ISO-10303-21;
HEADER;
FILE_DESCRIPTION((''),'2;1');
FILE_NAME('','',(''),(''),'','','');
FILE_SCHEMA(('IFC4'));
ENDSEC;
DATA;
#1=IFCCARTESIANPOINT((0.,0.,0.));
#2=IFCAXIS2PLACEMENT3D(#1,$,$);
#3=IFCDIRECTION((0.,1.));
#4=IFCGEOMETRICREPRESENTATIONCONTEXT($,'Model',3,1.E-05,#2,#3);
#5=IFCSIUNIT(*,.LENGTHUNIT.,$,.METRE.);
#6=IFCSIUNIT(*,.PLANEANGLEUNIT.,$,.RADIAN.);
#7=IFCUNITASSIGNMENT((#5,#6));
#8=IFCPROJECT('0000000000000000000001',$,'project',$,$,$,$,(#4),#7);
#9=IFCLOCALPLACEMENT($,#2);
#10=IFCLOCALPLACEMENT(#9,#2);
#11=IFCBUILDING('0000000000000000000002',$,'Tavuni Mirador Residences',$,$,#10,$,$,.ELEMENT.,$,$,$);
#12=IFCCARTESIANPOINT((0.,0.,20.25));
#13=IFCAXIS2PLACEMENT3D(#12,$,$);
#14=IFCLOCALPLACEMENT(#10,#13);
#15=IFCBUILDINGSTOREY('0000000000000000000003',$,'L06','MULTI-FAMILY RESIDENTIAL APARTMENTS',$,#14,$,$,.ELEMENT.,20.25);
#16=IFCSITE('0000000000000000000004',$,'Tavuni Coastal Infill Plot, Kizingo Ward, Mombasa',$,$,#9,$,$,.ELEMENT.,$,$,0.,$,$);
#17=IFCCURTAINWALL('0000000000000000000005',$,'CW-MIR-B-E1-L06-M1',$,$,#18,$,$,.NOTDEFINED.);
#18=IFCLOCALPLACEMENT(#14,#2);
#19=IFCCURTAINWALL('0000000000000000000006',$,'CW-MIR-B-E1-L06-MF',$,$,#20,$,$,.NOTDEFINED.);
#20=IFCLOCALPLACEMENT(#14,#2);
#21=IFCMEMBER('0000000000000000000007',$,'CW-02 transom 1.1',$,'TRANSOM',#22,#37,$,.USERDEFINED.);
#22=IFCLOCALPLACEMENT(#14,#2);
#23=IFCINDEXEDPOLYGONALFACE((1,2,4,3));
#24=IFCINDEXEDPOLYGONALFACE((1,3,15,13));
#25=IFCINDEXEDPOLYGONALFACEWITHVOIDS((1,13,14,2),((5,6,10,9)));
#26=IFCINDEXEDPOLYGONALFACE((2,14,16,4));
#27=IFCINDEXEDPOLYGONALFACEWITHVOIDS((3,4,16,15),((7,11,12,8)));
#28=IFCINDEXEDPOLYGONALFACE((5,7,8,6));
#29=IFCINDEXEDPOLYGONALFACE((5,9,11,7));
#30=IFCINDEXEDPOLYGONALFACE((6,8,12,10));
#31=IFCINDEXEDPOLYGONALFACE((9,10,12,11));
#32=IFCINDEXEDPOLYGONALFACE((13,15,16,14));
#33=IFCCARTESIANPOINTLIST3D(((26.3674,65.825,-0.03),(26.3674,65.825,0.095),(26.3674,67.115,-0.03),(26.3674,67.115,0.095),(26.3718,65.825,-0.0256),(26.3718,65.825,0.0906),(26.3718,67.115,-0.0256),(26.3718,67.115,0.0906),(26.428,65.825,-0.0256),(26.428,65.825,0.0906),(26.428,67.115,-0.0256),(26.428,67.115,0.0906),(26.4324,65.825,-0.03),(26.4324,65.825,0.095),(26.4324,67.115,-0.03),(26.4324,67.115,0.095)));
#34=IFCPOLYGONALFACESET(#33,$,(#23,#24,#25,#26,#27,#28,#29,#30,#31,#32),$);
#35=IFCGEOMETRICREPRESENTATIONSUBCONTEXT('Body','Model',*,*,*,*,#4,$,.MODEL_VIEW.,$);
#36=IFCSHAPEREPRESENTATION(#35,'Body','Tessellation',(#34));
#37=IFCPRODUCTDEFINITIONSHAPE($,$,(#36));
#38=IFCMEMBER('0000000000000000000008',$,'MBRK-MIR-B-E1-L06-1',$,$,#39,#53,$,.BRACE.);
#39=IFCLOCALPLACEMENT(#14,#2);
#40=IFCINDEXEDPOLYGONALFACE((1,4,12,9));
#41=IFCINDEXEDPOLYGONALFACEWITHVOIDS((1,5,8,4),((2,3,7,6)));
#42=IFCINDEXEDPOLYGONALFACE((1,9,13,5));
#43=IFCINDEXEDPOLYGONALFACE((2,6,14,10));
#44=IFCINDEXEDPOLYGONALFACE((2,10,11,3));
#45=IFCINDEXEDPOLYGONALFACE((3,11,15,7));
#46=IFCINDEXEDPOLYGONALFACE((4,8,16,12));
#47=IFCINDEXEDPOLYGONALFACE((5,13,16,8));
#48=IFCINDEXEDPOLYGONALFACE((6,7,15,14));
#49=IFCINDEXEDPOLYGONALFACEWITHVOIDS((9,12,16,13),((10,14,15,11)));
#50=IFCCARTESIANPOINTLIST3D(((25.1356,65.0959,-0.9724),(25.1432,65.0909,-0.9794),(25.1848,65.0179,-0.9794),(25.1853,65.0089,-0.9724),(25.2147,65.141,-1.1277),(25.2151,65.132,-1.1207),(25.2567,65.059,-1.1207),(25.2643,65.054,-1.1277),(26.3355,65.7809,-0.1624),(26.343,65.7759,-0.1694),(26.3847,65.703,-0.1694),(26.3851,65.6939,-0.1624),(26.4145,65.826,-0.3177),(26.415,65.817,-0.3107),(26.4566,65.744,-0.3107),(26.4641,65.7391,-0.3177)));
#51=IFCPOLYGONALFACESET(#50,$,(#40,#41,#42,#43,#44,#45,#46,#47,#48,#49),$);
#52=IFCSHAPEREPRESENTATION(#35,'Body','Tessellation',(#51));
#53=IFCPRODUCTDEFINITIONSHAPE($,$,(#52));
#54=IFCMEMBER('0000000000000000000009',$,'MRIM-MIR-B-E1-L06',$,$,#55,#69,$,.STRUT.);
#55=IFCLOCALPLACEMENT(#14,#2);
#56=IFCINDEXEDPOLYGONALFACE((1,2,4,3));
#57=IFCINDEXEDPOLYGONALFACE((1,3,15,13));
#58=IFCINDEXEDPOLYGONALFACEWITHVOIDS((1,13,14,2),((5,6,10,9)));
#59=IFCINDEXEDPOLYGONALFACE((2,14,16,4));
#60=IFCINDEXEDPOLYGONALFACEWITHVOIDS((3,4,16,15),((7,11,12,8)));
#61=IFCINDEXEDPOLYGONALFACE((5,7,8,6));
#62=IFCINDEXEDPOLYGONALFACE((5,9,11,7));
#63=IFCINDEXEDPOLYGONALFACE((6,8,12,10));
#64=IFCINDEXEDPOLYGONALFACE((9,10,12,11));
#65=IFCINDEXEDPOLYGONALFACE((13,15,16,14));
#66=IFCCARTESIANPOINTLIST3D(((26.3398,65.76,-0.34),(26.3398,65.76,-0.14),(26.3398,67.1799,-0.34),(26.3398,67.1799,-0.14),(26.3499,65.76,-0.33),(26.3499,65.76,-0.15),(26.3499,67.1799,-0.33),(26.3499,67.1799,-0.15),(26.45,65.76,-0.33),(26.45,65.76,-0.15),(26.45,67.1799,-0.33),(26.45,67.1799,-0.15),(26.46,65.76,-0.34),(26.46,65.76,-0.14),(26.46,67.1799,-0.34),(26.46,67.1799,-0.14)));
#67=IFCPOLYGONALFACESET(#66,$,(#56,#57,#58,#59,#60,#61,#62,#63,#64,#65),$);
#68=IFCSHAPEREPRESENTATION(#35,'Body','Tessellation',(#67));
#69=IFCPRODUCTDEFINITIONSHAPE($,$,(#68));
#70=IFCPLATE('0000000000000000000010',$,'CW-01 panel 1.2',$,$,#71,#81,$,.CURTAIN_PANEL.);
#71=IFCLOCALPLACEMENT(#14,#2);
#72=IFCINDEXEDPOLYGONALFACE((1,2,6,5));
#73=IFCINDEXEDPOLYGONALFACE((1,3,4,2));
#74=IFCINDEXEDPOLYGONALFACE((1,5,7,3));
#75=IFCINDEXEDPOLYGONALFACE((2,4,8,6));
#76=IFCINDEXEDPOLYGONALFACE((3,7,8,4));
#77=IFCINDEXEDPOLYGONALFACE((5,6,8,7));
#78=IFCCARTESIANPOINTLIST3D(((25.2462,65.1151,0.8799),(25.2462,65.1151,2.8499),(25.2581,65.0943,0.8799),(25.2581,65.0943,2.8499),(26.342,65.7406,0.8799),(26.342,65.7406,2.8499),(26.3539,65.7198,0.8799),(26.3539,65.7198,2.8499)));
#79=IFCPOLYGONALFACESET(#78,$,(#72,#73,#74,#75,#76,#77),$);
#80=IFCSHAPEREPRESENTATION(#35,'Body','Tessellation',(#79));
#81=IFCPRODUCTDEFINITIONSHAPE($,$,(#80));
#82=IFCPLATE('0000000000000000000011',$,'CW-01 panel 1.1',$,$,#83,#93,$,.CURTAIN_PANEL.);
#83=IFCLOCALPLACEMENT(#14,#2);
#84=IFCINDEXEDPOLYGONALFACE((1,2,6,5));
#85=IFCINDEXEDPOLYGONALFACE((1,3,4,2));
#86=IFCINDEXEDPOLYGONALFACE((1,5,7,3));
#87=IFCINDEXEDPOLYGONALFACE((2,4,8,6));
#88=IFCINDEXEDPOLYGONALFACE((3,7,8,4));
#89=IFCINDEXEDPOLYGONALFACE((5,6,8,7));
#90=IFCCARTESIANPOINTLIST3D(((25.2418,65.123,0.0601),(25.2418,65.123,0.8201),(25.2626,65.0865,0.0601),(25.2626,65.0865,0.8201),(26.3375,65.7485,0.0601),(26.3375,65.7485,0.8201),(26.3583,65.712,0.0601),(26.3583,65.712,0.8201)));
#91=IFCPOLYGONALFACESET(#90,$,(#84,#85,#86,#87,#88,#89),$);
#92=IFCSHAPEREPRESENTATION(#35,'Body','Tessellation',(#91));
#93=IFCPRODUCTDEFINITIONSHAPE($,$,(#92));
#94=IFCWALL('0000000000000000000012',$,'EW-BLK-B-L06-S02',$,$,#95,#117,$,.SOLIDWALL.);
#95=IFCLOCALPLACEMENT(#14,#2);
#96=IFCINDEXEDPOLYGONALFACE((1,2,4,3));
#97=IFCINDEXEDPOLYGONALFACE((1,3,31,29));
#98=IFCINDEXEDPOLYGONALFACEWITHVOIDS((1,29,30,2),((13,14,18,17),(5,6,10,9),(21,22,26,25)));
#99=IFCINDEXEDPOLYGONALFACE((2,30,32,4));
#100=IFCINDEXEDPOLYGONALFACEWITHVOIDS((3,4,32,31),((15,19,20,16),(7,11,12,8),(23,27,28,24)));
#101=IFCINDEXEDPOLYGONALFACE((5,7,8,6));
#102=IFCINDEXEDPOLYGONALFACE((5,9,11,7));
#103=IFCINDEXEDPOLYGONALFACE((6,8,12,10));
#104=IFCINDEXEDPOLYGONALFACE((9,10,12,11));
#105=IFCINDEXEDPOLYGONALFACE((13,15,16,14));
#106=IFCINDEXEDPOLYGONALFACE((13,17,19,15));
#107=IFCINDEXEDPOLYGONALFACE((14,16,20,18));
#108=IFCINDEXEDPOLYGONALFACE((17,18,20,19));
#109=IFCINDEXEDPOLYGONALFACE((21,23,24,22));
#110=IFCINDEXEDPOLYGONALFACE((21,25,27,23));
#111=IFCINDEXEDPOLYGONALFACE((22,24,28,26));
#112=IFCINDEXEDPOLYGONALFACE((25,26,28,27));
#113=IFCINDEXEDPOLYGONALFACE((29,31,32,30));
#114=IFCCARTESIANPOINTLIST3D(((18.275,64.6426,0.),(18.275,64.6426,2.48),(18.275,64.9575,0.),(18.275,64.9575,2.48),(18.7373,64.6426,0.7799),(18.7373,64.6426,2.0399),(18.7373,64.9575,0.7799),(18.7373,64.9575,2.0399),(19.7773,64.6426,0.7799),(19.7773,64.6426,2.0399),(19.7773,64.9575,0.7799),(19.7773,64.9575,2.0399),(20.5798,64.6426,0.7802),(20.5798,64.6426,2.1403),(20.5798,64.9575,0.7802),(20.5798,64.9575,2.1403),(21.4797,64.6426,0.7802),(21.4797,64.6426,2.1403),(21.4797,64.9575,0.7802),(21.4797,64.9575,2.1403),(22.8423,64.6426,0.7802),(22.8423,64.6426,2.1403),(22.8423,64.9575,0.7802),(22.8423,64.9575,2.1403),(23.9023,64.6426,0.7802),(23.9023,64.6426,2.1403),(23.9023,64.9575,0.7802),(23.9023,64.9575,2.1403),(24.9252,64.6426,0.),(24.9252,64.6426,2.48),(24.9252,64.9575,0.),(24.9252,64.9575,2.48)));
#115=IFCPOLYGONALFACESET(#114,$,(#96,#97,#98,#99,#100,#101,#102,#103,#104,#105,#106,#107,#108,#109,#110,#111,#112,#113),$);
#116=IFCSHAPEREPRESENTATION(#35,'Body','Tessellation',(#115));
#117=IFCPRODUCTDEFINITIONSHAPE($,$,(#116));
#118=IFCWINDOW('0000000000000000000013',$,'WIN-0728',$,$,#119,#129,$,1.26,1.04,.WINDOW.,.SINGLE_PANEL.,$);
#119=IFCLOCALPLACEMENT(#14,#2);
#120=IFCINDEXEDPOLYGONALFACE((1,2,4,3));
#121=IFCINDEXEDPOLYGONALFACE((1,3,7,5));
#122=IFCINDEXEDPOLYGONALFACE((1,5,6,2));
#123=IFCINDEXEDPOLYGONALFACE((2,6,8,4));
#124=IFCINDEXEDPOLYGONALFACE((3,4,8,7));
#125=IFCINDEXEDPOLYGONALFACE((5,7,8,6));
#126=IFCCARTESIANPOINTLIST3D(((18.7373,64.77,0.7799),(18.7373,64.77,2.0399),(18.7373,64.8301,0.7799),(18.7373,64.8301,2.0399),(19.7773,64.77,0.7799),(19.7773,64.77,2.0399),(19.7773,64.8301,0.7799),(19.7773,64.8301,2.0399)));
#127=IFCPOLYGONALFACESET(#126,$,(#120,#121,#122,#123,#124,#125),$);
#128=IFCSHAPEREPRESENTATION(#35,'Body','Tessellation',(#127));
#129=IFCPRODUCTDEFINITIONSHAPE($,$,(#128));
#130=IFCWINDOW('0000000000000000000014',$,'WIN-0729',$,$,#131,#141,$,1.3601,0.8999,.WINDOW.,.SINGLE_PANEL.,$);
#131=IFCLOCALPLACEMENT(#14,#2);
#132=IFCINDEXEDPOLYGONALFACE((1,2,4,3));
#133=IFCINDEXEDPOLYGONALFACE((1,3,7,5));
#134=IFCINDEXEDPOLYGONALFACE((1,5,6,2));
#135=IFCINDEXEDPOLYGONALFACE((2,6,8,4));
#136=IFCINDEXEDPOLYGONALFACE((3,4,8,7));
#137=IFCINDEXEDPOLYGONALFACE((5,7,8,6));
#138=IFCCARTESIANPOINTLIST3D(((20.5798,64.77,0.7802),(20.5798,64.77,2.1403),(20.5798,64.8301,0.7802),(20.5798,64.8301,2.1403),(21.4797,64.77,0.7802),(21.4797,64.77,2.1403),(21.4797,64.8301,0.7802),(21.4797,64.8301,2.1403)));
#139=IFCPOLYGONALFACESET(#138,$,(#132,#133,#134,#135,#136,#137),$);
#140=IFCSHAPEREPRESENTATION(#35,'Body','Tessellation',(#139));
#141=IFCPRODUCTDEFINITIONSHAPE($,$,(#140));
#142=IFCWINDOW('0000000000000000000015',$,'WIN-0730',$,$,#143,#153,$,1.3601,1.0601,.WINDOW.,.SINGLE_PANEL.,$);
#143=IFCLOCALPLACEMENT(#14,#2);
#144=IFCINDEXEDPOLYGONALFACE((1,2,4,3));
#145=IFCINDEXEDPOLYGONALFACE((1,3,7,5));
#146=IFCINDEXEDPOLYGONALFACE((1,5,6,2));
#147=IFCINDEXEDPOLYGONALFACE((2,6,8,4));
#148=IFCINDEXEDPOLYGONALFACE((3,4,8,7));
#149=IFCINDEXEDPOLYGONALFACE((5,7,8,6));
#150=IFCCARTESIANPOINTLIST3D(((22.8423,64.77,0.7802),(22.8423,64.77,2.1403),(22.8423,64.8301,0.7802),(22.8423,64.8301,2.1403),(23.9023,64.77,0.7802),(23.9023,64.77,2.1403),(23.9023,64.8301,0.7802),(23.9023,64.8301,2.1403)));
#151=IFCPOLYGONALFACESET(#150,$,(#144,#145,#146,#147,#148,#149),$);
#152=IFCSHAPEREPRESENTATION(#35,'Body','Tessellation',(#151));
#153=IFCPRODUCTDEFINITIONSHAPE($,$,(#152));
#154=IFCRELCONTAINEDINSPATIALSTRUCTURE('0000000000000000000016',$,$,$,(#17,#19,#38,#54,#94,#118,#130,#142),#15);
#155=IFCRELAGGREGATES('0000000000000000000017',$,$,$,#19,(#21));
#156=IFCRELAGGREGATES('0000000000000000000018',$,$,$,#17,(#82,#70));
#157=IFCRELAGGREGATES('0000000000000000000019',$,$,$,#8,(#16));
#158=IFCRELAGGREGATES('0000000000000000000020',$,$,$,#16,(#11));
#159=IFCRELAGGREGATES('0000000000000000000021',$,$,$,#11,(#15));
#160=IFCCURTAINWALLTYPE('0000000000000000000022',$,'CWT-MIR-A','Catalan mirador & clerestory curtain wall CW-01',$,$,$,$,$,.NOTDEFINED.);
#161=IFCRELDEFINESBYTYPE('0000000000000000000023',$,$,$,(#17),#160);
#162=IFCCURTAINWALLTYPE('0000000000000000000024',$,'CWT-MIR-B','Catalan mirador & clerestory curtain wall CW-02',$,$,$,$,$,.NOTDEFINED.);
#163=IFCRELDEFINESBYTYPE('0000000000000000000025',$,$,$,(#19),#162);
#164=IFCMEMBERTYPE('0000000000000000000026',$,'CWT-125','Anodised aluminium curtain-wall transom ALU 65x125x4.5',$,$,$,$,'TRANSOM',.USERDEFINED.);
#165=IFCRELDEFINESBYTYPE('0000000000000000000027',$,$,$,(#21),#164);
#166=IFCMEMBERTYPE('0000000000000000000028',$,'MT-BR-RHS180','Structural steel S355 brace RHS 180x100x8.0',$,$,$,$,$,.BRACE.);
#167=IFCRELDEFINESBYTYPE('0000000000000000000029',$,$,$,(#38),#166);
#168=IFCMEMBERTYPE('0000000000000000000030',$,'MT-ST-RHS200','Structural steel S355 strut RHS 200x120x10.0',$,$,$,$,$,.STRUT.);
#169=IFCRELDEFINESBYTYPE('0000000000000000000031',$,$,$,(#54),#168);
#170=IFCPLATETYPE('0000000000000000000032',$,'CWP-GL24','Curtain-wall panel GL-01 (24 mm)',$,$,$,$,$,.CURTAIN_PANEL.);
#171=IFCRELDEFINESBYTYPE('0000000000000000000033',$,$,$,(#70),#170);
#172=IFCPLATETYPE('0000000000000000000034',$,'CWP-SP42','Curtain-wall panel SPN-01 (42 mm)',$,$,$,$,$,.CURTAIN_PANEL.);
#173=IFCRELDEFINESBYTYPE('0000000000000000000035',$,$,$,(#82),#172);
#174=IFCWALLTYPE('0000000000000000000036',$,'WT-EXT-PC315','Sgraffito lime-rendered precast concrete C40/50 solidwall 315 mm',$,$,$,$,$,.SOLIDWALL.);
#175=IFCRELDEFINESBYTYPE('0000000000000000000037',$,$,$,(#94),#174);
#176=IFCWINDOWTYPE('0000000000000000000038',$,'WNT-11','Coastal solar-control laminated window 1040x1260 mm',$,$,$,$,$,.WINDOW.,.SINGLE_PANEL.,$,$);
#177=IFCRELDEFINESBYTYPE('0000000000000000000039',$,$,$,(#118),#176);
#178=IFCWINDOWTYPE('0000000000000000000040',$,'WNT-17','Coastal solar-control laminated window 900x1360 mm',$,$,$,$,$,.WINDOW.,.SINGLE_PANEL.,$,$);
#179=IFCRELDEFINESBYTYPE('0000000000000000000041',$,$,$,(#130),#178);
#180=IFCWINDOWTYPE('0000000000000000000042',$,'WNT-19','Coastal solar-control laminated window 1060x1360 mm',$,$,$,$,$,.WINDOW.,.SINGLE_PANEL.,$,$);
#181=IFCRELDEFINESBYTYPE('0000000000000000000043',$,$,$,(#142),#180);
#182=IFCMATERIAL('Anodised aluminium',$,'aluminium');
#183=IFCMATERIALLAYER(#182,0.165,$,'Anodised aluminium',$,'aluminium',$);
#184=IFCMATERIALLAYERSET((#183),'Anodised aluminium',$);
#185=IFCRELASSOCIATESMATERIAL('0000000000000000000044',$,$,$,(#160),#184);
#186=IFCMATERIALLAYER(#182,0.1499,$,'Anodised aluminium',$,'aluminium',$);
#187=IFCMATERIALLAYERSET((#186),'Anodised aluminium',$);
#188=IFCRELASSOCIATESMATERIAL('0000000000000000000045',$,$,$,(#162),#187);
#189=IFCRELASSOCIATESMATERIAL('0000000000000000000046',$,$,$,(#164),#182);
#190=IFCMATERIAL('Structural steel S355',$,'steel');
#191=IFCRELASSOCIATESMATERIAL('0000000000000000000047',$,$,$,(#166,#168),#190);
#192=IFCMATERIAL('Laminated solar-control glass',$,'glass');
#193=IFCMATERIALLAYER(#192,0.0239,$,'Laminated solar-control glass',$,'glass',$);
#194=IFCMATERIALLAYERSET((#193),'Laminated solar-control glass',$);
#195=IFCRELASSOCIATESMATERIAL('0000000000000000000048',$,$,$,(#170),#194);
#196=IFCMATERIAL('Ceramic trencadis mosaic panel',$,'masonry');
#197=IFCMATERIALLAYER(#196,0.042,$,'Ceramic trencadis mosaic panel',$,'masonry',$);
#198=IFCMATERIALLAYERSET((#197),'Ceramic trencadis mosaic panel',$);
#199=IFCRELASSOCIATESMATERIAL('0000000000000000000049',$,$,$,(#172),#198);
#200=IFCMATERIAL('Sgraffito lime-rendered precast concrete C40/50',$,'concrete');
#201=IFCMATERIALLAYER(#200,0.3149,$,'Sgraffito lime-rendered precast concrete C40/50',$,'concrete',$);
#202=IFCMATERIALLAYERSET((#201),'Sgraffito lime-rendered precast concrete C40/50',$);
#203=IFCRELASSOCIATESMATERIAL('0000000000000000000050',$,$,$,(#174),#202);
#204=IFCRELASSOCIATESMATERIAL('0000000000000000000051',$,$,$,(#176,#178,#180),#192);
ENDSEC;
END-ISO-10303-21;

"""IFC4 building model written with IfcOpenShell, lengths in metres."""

from ifc_helpers import new_model, si_unit, direction, frame, frame_2d, origin, origin_2d, place, context, subcontext, project, spatial, rectangle, hollow_rectangle, extrude, material, layer, layer_set, material_profile, profile_set, type_object, element, fill, aggregate, save


model = new_model("IFC4")

# Units and contexts
model_context = context("Model", 3, precision=1e-05, world=origin(), true_north=direction((0.0, 1.0)))
body_context = subcontext(model_context, "Body", "Model", "MODEL_VIEW")
ifc_project = project(units=[si_unit("LENGTHUNIT", "METRE"), si_unit("PLANEANGLEUNIT", "RADIAN")], contexts=[model_context])

# Site, building, storey
site_placement = place(None, origin())
site = spatial("IfcSite", under=ifc_project, at=site_placement, Name="Tavuni Coastal Infill Plot, Kizingo Ward, Mombasa", CompositionType="ELEMENT", RefElevation=0.0)
building_placement = place(site_placement, origin())
building = spatial("IfcBuilding", under=site, at=building_placement, Name="Tavuni Mirador Residences", CompositionType="ELEMENT")
storey_placement = place(building_placement, frame((0.0, 0.0, 20.25)))
storey = spatial("IfcBuildingStorey", under=building, at=storey_placement, Name="L06", Description="MULTI-FAMILY RESIDENTIAL APARTMENTS", CompositionType="ELEMENT", Elevation=20.25)

# Curtain wall
ifc_material_1 = material(Name="Anodised aluminium", Category="aluminium")
ifc_layer_1 = layer(ifc_material_1, 0.165, Name="Anodised aluminium", Category="aluminium")
ifc_layer_set_1 = layer_set([ifc_layer_1], Name="Anodised aluminium")
curtain_wall_type_1 = type_object("IfcCurtainWallType", Name="CWT-MIR-A", Description="Catalan mirador & clerestory curtain wall CW-01", PredefinedType="NOTDEFINED", material=ifc_layer_set_1)
curtain_wall_1_placement = place(storey_placement, origin())
curtain_wall_1 = element("IfcCurtainWall", 1, at=curtain_wall_1_placement, inside=storey, type_object=curtain_wall_type_1, Name="CW-MIR-B-E1-L06-M1", PredefinedType="NOTDEFINED")

# Curtain wall
ifc_layer_2 = layer(ifc_material_1, 0.1499, Name="Anodised aluminium", Category="aluminium")
ifc_layer_set_2 = layer_set([ifc_layer_2], Name="Anodised aluminium")
curtain_wall_type_2 = type_object("IfcCurtainWallType", Name="CWT-MIR-B", Description="Catalan mirador & clerestory curtain wall CW-02", PredefinedType="NOTDEFINED", material=ifc_layer_set_2)
curtain_wall_2_placement = place(storey_placement, origin())
curtain_wall_2 = element("IfcCurtainWall", 2, at=curtain_wall_2_placement, inside=storey, type_object=curtain_wall_type_2, Name="CW-MIR-B-E1-L06-MF", PredefinedType="NOTDEFINED")

# Member
ifc_material_profile_1 = material_profile(ifc_material_1, hollow_rectangle(XDim=0.0649, YDim=0.125, WallThickness=0.0044, at=origin_2d()), Name="ALU 65x125x4.5", Category="aluminium")
ifc_profile_set_1 = profile_set([ifc_material_profile_1], Name="Anodised aluminium")
member_type_1 = type_object("IfcMemberType", Name="CWT-125", Description="Anodised aluminium curtain-wall transom ALU 65x125x4.5", ElementType="TRANSOM", PredefinedType="USERDEFINED", material=ifc_profile_set_1)
member_1_placement = place(storey_placement, frame((26.3999, 65.825, 0.0325), z_axis=(0.0, 1.0, 0.0), x_axis=(-1.0, 0.0, 0.0)))
member_1 = element("IfcMember", 3, at=member_1_placement, type_object=member_type_1, Name="CW-02 transom 1.1", ObjectType="TRANSOM", PredefinedType="USERDEFINED", context=body_context, shape_type="SweptSolid", body=[
    extrude(hollow_rectangle(XDim=0.0649, YDim=0.125, WallThickness=0.0044, at=origin_2d()), origin(), (0.0, 0.0, 1.0), 1.29),
])
aggregate(curtain_wall_2, [member_1])

# Members
ifc_material_2 = material(Name="Structural steel S355", Category="steel")
ifc_material_profile_2 = material_profile(ifc_material_2, hollow_rectangle(XDim=0.1001, YDim=0.1799, WallThickness=0.0081, at=origin_2d()), Name="RHS 180x100x8.0", Category="steel")
ifc_profile_set_2 = profile_set([ifc_material_profile_2], Name="Structural steel S355")
member_type_2 = type_object("IfcMemberType", Name="MT-BR-RHS180", Description="Structural steel S355 brace RHS 180x100x8.0", PredefinedType="BRACE", material=ifc_profile_set_2)
member_2_placement = place(storey_placement, frame((25.2, 65.075, -1.05), z_axis=(0.749182, 0.427712, 0.505755), x_axis=(-0.495796, 0.868439, 0.0)))
element("IfcMember", 4, at=member_2_placement, inside=storey, type_object=member_type_2, Name="MBRK-MIR-B-E1-L06-1", PredefinedType="BRACE", context=body_context, shape_type="SweptSolid", body=[
    extrude(hollow_rectangle(XDim=0.1001, YDim=0.1799, WallThickness=0.0081, at=origin_2d()), origin(), (0.0, 0.0, 1.0), 1.6016),
])
ifc_material_profile_3 = material_profile(ifc_material_2, hollow_rectangle(XDim=0.1201, YDim=0.2, WallThickness=0.01, at=origin_2d()), Name="RHS 200x120x10.0", Category="steel")
ifc_profile_set_3 = profile_set([ifc_material_profile_3], Name="Structural steel S355")
member_type_3 = type_object("IfcMemberType", Name="MT-ST-RHS200", Description="Structural steel S355 strut RHS 200x120x10.0", PredefinedType="STRUT", material=ifc_profile_set_3)
member_3_placement = place(storey_placement, frame((26.3999, 65.76, -0.24), z_axis=(0.0, 1.0, 0.0), x_axis=(-1.0, 0.0, 0.0)))
element("IfcMember", 5, at=member_3_placement, inside=storey, type_object=member_type_3, Name="MRIM-MIR-B-E1-L06", PredefinedType="STRUT", context=body_context, shape_type="SweptSolid", body=[
    extrude(hollow_rectangle(XDim=0.1201, YDim=0.2, WallThickness=0.01, at=origin_2d()), origin(), (0.0, 0.0, 1.0), 1.4199),
])

# Plates
ifc_material_3 = material(Name="Laminated solar-control glass", Category="glass")
ifc_layer_3 = layer(ifc_material_3, 0.0239, Name="Laminated solar-control glass", Category="glass")
ifc_layer_set_3 = layer_set([ifc_layer_3], Name="Laminated solar-control glass")
plate_type_1 = type_object("IfcPlateType", Name="CWP-GL24", Description="Curtain-wall panel GL-01 (24 mm)", PredefinedType="CURTAIN_PANEL", material=ifc_layer_set_3)
plate_1_placement = place(storey_placement, frame((25.8, 65.4175, 0.8799), z_axis=(0.0, 0.0, 1.0), x_axis=(0.868466, 0.495749, 0.0)))
plate_1 = element("IfcPlate", 6, at=plate_1_placement, type_object=plate_type_1, Name="CW-01 panel 1.2", PredefinedType="CURTAIN_PANEL", context=body_context, shape_type="SweptSolid", body=[
    extrude(rectangle(XDim=1.2617, YDim=0.0239, at=origin_2d()), origin(), (0.0, 0.0, 1.0), 1.97),
])
ifc_material_4 = material(Name="Ceramic trencadis mosaic panel", Category="masonry")
ifc_layer_4 = layer(ifc_material_4, 0.042, Name="Ceramic trencadis mosaic panel", Category="masonry")
ifc_layer_set_4 = layer_set([ifc_layer_4], Name="Ceramic trencadis mosaic panel")
plate_type_2 = type_object("IfcPlateType", Name="CWP-SP42", Description="Curtain-wall panel SPN-01 (42 mm)", PredefinedType="CURTAIN_PANEL", material=ifc_layer_set_4)
plate_2_placement = place(storey_placement, frame((25.8, 65.4175, 0.0601), z_axis=(0.0, 0.0, 1.0), x_axis=(0.868466, 0.495749, 0.0)))
plate_2 = element("IfcPlate", 7, at=plate_2_placement, type_object=plate_type_2, Name="CW-01 panel 1.1", PredefinedType="CURTAIN_PANEL", context=body_context, shape_type="SweptSolid", body=[
    extrude(rectangle(XDim=1.2617, YDim=0.042, at=origin_2d()), origin(), (0.0, 0.0, 1.0), 0.76),
])
aggregate(curtain_wall_1, [plate_2, plate_1])

# Wall, openings, windows
ifc_material_5 = material(Name="Sgraffito lime-rendered precast concrete C40/50", Category="concrete")
ifc_layer_5 = layer(ifc_material_5, 0.3149, Name="Sgraffito lime-rendered precast concrete C40/50", Category="concrete")
ifc_layer_set_5 = layer_set([ifc_layer_5], Name="Sgraffito lime-rendered precast concrete C40/50")
wall_type_1 = type_object("IfcWallType", Name="WT-EXT-PC315", Description="Sgraffito lime-rendered precast concrete C40/50 solidwall 315 mm", PredefinedType="SOLIDWALL", material=ifc_layer_set_5)
wall_1_placement = place(storey_placement, frame((18.2749, 64.8, 0.0), z_axis=(0.0, 0.0, 1.0), x_axis=(1.0, 0.0, 0.0)))
wall_1 = element("IfcWall", 8, at=wall_1_placement, inside=storey, type_object=wall_type_1, Name="EW-BLK-B-L06-S02", PredefinedType="SOLIDWALL", context=body_context, shape_type="SweptSolid", body=[
    extrude(rectangle(XDim=6.6501, YDim=0.3149, at=frame_2d((3.3252, 0.0))), origin(), (0.0, 0.0, 1.0), 2.48),
])
opening_1_placement = place(wall_1_placement, frame((0.4624, 0.0, 0.78)))
opening_1 = element("IfcOpeningElement", 9, at=opening_1_placement, cuts=wall_1, PredefinedType="OPENING", context=body_context, shape_type="SweptSolid", body=[
    extrude(rectangle(XDim=1.04, YDim=1.26, at=frame_2d((0.52, 0.6299))), frame((0.0, 0.1675, 0.0), z_axis=(0.0, -1.0, 0.0), x_axis=(1.0, 0.0, 0.0)), (0.0, 0.0, 1.0), 0.335),
])
opening_2_placement = place(wall_1_placement, frame((2.3049, 0.0, 0.78)))
opening_2 = element("IfcOpeningElement", 10, at=opening_2_placement, cuts=wall_1, PredefinedType="OPENING", context=body_context, shape_type="SweptSolid", body=[
    extrude(rectangle(XDim=0.8999, YDim=1.3601, at=frame_2d((0.45, 0.6802))), frame((0.0, 0.1675, 0.0), z_axis=(0.0, -1.0, 0.0), x_axis=(1.0, 0.0, 0.0)), (0.0, 0.0, 1.0), 0.335),
])
opening_3_placement = place(wall_1_placement, frame((4.5674, 0.0, 0.78)))
opening_3 = element("IfcOpeningElement", 11, at=opening_3_placement, cuts=wall_1, PredefinedType="OPENING", context=body_context, shape_type="SweptSolid", body=[
    extrude(rectangle(XDim=1.0601, YDim=1.3601, at=frame_2d((0.53, 0.6802))), frame((0.0, 0.1675, 0.0), z_axis=(0.0, -1.0, 0.0), x_axis=(1.0, 0.0, 0.0)), (0.0, 0.0, 1.0), 0.335),
])
window_type_1 = type_object("IfcWindowType", Name="WNT-11", Description="Coastal solar-control laminated window 1040x1260 mm", PartitioningType="SINGLE_PANEL", PredefinedType="WINDOW", material=ifc_material_3)
window_1_placement = place(opening_1_placement, origin())
window_1 = element("IfcWindow", 12, at=window_1_placement, inside=storey, type_object=window_type_1, Name="WIN-0728", OverallHeight=1.26, OverallWidth=1.04, PartitioningType="SINGLE_PANEL", PredefinedType="WINDOW", context=body_context, shape_type="SweptSolid", body=[
    extrude(rectangle(XDim=1.04, YDim=1.26, at=frame_2d((0.52, 0.6299))), frame((0.0, 0.03, 0.0), z_axis=(0.0, -1.0, 0.0), x_axis=(1.0, 0.0, 0.0)), (0.0, 0.0, 1.0), 0.0601),
])
fill(opening_1, window_1)
window_type_2 = type_object("IfcWindowType", Name="WNT-17", Description="Coastal solar-control laminated window 900x1360 mm", PartitioningType="SINGLE_PANEL", PredefinedType="WINDOW", material=ifc_material_3)
window_2_placement = place(opening_2_placement, origin())
window_2 = element("IfcWindow", 13, at=window_2_placement, inside=storey, type_object=window_type_2, Name="WIN-0729", OverallHeight=1.3601, OverallWidth=0.8999, PartitioningType="SINGLE_PANEL", PredefinedType="WINDOW", context=body_context, shape_type="SweptSolid", body=[
    extrude(rectangle(XDim=0.8999, YDim=1.3601, at=frame_2d((0.45, 0.6802))), frame((0.0, 0.03, 0.0), z_axis=(0.0, -1.0, 0.0), x_axis=(1.0, 0.0, 0.0)), (0.0, 0.0, 1.0), 0.0601),
])
fill(opening_2, window_2)
window_type_3 = type_object("IfcWindowType", Name="WNT-19", Description="Coastal solar-control laminated window 1060x1360 mm", PartitioningType="SINGLE_PANEL", PredefinedType="WINDOW", material=ifc_material_3)
window_3_placement = place(opening_3_placement, origin())
window_3 = element("IfcWindow", 14, at=window_3_placement, inside=storey, type_object=window_type_3, Name="WIN-0730", OverallHeight=1.3601, OverallWidth=1.0601, PartitioningType="SINGLE_PANEL", PredefinedType="WINDOW", context=body_context, shape_type="SweptSolid", body=[
    extrude(rectangle(XDim=1.0601, YDim=1.3601, at=frame_2d((0.53, 0.6802))), frame((0.0, 0.03, 0.0), z_axis=(0.0, -1.0, 0.0), x_axis=(1.0, 0.0, 0.0)), (0.0, 0.0, 1.0), 0.0601),
])
fill(opening_3, window_3)

save(model, "model.ifc")
